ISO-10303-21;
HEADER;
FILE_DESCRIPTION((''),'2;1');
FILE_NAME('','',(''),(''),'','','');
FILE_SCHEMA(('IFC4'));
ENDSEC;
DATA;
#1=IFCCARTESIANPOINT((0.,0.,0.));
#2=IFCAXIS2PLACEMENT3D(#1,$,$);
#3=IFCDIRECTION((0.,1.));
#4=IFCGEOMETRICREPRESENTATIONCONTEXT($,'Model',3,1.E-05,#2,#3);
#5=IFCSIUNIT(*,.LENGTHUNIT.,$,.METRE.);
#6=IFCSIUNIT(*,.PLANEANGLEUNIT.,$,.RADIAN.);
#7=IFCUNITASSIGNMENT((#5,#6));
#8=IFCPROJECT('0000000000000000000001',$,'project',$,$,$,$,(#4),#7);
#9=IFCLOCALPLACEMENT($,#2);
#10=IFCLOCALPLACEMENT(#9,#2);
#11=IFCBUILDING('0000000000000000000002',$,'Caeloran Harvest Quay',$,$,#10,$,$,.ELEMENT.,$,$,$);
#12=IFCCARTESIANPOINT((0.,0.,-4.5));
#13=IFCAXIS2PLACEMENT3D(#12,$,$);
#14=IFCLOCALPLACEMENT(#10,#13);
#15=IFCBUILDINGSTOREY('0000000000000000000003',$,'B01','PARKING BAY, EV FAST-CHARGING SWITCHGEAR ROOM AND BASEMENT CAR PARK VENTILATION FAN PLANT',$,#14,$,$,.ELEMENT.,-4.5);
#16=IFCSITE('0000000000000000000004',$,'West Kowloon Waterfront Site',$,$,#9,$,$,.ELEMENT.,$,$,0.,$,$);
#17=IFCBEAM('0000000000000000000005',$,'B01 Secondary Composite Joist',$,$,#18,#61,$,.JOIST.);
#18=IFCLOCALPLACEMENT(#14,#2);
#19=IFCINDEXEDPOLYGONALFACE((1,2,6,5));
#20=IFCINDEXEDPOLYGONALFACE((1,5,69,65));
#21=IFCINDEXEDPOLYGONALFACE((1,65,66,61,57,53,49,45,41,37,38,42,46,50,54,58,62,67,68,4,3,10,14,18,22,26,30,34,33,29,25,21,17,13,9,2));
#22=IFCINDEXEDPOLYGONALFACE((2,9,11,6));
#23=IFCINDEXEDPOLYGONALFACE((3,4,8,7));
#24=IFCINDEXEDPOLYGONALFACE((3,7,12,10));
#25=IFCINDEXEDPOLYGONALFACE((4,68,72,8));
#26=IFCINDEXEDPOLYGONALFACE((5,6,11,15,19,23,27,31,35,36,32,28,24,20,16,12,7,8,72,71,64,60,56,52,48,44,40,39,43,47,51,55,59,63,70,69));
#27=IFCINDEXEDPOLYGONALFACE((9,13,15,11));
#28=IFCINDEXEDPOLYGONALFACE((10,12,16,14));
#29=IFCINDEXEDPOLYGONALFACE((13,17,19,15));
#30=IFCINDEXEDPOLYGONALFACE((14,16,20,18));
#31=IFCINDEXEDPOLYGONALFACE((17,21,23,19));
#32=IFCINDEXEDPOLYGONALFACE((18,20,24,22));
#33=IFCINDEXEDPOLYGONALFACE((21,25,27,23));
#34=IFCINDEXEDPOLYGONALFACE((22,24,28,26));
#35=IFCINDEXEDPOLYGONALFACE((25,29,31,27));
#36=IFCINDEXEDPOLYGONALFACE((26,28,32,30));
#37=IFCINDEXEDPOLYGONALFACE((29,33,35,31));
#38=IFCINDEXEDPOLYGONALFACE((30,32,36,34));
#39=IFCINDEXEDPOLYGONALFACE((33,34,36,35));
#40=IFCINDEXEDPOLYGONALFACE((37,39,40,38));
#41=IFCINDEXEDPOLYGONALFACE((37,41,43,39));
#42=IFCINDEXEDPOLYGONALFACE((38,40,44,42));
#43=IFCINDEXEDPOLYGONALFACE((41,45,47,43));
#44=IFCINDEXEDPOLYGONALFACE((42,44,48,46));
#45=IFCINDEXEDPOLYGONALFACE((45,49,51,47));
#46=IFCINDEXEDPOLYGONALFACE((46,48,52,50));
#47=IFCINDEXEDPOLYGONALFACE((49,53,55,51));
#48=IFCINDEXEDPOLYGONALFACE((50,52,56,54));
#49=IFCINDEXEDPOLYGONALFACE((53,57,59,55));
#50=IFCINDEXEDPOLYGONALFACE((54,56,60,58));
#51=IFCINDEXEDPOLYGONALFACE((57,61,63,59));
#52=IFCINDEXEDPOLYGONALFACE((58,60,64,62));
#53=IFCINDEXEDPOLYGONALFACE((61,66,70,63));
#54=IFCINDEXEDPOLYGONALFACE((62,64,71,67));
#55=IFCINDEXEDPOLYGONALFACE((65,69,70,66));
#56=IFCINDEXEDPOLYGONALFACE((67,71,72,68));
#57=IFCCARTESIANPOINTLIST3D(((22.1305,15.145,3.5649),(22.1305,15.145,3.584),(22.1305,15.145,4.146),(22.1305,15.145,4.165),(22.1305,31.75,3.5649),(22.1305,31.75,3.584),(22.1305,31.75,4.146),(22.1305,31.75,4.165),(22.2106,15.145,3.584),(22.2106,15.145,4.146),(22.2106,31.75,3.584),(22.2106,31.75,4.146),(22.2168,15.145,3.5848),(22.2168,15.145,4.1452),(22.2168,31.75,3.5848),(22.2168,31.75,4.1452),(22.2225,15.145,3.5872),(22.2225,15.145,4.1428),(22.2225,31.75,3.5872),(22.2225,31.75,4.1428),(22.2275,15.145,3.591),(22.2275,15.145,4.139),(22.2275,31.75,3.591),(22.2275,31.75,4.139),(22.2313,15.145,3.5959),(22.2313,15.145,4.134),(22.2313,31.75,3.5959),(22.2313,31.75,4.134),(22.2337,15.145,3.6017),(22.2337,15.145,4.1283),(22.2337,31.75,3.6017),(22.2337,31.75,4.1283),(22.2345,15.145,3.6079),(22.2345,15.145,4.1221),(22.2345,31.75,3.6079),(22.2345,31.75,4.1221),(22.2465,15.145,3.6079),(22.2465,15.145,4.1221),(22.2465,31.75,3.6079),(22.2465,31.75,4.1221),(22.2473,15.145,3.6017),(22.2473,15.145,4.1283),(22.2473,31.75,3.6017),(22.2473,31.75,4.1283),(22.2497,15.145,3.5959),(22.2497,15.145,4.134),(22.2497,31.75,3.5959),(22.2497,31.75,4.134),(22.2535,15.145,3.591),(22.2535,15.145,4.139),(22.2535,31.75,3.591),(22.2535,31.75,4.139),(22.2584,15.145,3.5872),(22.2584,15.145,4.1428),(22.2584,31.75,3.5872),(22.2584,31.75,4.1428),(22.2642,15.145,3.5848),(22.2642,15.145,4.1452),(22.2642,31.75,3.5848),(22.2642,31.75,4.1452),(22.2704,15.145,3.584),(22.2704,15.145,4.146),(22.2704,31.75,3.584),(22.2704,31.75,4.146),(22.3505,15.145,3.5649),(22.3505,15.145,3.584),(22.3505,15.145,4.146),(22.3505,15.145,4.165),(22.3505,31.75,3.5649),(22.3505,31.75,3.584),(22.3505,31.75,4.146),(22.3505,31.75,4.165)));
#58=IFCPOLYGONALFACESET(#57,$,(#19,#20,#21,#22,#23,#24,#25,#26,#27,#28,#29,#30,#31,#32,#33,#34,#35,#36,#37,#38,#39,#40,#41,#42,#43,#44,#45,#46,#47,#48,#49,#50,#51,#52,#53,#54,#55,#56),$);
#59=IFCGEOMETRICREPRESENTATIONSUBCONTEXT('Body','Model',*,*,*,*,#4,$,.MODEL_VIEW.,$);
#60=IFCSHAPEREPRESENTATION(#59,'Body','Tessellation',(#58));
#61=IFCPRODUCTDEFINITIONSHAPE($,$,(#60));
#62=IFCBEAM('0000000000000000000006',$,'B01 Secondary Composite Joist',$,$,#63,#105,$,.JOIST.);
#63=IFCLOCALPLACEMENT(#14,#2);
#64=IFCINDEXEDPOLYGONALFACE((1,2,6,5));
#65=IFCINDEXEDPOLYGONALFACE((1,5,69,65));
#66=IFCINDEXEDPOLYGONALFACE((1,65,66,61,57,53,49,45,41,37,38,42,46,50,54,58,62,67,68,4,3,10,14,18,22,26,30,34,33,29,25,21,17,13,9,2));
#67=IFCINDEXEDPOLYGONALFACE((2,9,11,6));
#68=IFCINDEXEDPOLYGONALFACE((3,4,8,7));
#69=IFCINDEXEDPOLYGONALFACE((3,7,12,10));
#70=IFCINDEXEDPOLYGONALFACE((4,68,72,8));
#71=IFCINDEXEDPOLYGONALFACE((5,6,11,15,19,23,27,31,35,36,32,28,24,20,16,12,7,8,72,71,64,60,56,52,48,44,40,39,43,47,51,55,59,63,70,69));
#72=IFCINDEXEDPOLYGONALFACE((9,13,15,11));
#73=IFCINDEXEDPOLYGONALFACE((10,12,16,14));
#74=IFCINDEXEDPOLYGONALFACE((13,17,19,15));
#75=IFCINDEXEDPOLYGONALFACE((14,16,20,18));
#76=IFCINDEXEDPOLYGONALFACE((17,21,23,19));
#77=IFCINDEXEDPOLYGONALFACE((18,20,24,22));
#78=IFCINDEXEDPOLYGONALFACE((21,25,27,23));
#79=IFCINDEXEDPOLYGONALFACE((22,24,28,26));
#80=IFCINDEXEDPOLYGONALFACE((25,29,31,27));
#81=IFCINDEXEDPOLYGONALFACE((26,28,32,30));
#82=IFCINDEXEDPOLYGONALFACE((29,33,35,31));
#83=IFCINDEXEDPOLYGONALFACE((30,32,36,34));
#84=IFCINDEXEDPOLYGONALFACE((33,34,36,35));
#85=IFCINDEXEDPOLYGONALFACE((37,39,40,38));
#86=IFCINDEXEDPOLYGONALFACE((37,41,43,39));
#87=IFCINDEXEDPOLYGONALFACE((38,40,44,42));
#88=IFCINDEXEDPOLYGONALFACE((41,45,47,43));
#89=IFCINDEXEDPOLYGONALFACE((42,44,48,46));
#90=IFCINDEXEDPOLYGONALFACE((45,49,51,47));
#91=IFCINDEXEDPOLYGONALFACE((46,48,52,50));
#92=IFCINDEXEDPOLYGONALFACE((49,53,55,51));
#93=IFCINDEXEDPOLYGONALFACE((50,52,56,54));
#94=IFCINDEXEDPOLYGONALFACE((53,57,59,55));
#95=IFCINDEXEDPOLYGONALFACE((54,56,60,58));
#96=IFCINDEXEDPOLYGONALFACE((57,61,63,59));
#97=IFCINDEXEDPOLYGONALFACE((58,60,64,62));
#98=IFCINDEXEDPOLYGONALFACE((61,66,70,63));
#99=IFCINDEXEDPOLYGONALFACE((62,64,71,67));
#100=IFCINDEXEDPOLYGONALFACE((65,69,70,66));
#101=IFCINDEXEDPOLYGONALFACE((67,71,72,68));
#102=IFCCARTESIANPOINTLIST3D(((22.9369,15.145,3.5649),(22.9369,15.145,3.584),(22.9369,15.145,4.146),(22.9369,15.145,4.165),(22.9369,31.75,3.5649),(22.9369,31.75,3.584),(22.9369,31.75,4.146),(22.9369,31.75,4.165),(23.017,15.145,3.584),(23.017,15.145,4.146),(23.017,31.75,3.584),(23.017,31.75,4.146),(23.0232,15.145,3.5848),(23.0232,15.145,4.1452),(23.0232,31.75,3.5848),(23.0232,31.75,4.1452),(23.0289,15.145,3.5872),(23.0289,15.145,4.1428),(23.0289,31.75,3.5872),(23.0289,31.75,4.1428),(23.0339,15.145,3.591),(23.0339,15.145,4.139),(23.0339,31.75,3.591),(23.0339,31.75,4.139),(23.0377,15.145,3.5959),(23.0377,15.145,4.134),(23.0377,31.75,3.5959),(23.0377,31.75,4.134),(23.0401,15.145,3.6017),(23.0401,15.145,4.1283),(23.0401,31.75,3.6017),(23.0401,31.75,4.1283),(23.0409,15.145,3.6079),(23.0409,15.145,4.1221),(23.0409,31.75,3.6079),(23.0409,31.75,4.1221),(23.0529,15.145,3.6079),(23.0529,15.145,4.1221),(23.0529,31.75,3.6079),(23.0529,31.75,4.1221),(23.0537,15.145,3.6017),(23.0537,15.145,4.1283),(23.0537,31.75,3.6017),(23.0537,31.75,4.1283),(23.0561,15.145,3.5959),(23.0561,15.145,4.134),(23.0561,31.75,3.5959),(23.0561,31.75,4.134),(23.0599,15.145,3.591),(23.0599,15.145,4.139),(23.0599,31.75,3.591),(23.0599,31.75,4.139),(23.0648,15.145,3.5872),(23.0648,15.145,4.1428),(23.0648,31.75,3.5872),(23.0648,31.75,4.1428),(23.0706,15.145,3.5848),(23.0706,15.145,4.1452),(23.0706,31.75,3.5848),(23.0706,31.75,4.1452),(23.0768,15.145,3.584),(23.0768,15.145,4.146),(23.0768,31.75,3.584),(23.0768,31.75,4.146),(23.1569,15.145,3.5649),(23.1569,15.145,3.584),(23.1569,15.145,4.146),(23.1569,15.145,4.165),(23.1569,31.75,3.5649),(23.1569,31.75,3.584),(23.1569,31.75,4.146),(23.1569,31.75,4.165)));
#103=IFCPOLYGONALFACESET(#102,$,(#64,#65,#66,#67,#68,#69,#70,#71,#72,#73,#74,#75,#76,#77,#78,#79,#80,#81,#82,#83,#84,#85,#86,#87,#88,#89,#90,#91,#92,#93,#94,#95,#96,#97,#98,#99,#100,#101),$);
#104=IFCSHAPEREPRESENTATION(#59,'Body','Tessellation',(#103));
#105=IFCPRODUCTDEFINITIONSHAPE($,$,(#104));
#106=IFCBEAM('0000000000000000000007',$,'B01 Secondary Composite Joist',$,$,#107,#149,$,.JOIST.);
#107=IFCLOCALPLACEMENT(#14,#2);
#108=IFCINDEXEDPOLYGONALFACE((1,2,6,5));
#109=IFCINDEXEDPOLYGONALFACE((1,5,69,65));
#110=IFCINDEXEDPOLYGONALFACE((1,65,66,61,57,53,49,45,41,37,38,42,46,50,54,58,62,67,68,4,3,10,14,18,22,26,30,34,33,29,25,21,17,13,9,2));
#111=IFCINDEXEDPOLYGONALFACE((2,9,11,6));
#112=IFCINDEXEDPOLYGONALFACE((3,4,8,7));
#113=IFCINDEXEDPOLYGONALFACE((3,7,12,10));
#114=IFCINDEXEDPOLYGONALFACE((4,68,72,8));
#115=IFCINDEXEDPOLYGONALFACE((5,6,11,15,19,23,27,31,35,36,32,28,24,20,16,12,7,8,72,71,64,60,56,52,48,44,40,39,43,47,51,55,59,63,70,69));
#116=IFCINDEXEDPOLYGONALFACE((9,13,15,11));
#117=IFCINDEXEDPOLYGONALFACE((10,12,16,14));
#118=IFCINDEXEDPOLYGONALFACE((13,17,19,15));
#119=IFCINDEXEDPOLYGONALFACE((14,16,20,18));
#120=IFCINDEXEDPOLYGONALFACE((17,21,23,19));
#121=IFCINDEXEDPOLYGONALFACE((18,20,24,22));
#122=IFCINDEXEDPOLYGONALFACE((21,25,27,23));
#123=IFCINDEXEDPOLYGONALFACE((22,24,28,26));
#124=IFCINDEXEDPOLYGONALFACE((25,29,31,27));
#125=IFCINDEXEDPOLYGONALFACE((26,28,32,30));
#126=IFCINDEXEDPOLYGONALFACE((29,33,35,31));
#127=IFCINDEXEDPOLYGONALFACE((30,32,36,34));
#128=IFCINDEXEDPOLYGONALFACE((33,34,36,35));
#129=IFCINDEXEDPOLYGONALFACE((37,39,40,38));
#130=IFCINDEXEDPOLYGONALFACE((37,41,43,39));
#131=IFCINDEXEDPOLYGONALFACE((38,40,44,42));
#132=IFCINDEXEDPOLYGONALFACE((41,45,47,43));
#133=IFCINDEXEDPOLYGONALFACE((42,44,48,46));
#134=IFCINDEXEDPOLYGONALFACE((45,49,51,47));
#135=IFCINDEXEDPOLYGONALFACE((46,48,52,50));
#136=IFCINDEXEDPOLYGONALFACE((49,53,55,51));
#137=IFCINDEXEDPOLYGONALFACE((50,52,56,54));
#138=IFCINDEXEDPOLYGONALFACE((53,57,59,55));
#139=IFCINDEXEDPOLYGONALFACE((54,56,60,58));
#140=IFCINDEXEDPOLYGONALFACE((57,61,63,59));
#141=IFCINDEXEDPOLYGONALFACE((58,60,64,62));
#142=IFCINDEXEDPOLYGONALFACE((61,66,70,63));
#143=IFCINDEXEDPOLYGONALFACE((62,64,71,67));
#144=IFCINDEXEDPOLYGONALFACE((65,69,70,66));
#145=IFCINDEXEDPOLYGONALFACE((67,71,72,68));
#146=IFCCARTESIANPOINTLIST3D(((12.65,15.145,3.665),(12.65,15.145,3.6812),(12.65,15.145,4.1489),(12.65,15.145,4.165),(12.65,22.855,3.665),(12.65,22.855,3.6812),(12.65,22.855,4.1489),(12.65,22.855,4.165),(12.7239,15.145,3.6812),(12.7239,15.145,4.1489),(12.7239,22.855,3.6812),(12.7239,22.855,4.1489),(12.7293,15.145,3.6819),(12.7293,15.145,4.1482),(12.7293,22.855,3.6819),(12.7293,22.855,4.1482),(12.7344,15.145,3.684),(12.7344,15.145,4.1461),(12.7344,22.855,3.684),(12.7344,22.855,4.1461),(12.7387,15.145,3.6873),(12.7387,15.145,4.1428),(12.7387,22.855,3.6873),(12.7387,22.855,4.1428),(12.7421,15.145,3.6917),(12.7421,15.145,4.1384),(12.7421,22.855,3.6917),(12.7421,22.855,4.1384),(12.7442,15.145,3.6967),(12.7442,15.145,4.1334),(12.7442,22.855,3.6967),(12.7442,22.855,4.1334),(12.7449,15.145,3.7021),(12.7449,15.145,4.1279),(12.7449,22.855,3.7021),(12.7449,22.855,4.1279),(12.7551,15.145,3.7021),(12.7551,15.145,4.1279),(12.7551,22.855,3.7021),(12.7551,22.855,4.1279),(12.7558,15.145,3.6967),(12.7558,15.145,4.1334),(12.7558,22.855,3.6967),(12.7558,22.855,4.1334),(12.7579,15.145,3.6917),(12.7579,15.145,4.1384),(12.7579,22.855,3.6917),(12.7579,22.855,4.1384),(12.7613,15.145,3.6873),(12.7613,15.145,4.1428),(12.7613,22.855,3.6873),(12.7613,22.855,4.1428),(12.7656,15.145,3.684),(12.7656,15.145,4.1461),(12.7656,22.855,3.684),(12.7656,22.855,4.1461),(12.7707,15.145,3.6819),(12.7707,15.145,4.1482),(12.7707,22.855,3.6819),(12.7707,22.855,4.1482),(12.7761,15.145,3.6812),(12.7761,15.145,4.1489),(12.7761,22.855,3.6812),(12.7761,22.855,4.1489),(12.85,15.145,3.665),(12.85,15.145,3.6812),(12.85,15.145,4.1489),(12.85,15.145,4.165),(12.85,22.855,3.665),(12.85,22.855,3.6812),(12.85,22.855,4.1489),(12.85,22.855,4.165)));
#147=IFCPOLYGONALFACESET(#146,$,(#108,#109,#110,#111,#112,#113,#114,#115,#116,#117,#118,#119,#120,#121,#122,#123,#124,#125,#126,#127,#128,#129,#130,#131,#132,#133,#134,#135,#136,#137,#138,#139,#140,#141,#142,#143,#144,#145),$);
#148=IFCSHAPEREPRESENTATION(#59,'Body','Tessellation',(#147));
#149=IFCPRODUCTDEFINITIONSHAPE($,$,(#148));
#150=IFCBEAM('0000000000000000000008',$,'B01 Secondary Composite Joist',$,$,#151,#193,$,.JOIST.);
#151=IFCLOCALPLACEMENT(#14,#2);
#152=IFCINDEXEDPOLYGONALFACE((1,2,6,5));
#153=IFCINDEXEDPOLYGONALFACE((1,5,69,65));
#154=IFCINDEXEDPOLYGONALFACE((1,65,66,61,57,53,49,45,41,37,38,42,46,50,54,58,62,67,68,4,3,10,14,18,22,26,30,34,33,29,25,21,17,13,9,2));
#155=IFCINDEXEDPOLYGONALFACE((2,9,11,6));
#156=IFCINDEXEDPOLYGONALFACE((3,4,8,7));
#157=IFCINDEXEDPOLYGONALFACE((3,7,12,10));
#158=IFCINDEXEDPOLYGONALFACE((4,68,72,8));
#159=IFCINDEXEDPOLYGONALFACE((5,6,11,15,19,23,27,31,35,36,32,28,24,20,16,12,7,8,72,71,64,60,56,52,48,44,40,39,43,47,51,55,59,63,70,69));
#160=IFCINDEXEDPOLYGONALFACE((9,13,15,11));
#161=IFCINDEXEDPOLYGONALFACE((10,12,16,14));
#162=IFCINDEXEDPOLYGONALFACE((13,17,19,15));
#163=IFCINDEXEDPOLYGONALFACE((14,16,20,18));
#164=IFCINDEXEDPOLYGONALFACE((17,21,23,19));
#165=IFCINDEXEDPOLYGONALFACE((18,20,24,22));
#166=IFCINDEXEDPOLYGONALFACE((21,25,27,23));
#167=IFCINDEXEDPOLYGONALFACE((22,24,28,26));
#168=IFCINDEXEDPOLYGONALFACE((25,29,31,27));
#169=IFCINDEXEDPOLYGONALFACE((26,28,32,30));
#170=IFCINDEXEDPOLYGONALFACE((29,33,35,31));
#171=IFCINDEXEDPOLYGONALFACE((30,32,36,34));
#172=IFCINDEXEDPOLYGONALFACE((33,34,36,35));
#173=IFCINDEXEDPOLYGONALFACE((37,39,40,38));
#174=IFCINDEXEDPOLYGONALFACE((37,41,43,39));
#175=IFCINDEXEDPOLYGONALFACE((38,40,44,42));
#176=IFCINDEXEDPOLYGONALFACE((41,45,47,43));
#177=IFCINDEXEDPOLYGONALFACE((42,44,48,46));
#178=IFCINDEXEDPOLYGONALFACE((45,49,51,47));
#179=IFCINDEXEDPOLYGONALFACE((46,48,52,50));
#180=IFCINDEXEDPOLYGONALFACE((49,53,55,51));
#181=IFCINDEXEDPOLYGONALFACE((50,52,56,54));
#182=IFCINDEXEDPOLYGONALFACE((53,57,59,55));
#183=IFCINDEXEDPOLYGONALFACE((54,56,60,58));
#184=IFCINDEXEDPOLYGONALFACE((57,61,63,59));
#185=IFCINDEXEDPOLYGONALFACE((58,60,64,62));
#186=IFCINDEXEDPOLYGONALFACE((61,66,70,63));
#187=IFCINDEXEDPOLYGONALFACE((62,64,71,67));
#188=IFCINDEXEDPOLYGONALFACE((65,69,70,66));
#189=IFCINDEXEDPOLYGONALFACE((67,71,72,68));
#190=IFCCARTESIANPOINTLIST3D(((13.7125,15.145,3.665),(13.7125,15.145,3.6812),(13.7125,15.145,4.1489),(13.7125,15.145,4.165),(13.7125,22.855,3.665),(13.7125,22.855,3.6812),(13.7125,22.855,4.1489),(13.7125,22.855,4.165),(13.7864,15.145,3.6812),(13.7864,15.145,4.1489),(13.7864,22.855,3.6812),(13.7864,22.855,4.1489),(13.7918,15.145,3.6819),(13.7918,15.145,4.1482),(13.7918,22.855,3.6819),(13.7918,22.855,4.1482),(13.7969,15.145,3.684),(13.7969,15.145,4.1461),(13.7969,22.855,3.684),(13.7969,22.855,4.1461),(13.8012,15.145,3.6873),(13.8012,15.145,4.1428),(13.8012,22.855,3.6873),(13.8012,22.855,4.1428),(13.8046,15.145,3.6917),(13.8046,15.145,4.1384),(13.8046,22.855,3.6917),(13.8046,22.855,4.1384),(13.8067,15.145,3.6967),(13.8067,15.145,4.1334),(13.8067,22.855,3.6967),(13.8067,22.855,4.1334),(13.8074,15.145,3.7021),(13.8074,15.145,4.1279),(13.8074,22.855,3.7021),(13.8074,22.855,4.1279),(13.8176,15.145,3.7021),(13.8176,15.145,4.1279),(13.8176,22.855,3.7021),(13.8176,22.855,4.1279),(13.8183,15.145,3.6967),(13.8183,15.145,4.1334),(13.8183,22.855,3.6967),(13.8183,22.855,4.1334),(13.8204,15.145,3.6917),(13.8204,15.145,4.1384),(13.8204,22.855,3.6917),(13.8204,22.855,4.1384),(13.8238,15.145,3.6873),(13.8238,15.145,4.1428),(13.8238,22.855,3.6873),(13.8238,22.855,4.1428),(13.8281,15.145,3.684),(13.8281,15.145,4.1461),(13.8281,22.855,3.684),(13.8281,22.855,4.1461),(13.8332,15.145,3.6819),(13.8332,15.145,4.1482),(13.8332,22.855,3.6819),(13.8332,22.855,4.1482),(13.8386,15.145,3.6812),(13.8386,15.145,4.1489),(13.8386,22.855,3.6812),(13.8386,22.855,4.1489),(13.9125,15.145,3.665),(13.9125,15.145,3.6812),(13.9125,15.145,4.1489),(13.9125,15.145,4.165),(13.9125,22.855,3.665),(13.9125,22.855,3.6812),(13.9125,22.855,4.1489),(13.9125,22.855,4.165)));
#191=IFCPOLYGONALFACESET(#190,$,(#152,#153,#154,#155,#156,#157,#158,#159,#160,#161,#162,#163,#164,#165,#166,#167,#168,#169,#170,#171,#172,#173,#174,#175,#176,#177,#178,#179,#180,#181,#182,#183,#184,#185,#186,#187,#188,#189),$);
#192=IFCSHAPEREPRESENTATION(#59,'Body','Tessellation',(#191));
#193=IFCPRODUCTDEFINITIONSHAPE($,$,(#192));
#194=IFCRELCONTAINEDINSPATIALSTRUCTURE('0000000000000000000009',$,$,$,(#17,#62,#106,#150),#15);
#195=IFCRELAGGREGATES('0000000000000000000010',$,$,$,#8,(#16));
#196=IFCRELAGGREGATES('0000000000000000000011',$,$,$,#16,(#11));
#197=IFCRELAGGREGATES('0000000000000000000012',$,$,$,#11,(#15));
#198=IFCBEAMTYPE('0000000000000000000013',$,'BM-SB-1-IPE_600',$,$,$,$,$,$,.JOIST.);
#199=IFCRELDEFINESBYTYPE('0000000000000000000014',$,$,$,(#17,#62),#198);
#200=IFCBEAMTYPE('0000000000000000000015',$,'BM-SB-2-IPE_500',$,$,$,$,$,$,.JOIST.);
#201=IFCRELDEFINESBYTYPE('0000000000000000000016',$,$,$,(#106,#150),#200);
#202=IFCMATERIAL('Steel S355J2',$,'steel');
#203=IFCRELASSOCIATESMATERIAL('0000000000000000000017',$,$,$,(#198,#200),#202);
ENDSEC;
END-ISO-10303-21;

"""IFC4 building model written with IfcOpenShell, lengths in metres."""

from ifc_helpers import new_model, si_unit, direction, frame, origin, origin_2d, place, context, subcontext, project, spatial, i_section, extrude, material, material_profile, profile_set, type_object, element, save


model = new_model("IFC4")

# Units and contexts
model_context = context("Model", 3, precision=1e-05, world=origin(), true_north=direction((0.0, 1.0)))
body_context = subcontext(model_context, "Body", "Model", "MODEL_VIEW")
ifc_project = project(units=[si_unit("LENGTHUNIT", "METRE"), si_unit("PLANEANGLEUNIT", "RADIAN")], contexts=[model_context])

# Site, building, storey
site_placement = place(None, origin())
site = spatial("IfcSite", under=ifc_project, at=site_placement, Name="West Kowloon Waterfront Site", CompositionType="ELEMENT", RefElevation=0.0)
building_placement = place(site_placement, origin())
building = spatial("IfcBuilding", under=site, at=building_placement, Name="Caeloran Harvest Quay", CompositionType="ELEMENT")
storey_placement = place(building_placement, frame((0.0, 0.0, -4.5)))
storey = spatial("IfcBuildingStorey", under=building, at=storey_placement, Name="B01", Description="PARKING BAY, EV FAST-CHARGING SWITCHGEAR ROOM AND BASEMENT CAR PARK VENTILATION FAN PLANT", CompositionType="ELEMENT", Elevation=-4.5)

# Beams
ifc_material_1 = material(Name="Steel S355J2", Category="steel")
ifc_material_profile_1 = material_profile(ifc_material_1, i_section(OverallWidth=0.22, OverallDepth=0.6001, WebThickness=0.012, FlangeThickness=0.019, FilletRadius=0.0239, at=origin_2d()), Name="IPE 600")
ifc_profile_set_1 = profile_set([ifc_material_profile_1], Name="Steel S355J2")
beam_type_1 = type_object("IfcBeamType", Name="BM-SB-1-IPE_600", PredefinedType="JOIST", material=ifc_profile_set_1)
for number, where, z_axis, x_axis, name in (
    (1, (22.2405, 15.145, 3.865), (0.0, 1.0, 0.0), (-1.0, 0.0, 0.0), "B01 Secondary Composite Joist"),
    (2, (23.0469, 15.145, 3.865), (0.0, 1.0, 0.0), (-1.0, 0.0, 0.0), "B01 Secondary Composite Joist"),
):
    element("IfcBeam", number, at=place(storey_placement, frame(where, z_axis=z_axis, x_axis=x_axis)), inside=storey, type_object=beam_type_1, Name=name, PredefinedType="JOIST", context=body_context, shape_type="SweptSolid", body=[
        extrude(i_section(OverallWidth=0.22, OverallDepth=0.6001, WebThickness=0.012, FlangeThickness=0.019, FilletRadius=0.0239, at=origin_2d()), origin(), (0.0, 0.0, 1.0), 16.605),
    ])
ifc_material_profile_2 = material_profile(ifc_material_1, i_section(OverallWidth=0.2, OverallDepth=0.5, WebThickness=0.0103, FlangeThickness=0.0161, FilletRadius=0.021, at=origin_2d()), Name="IPE 500")
ifc_profile_set_2 = profile_set([ifc_material_profile_2], Name="Steel S355J2")
beam_type_2 = type_object("IfcBeamType", Name="BM-SB-2-IPE_500", PredefinedType="JOIST", material=ifc_profile_set_2)
for number, where, z_axis, x_axis, name in (
    (3, (12.75, 15.145, 3.915), (0.0, 1.0, 0.0), (-1.0, 0.0, 0.0), "B01 Secondary Composite Joist"),
    (4, (13.8125, 15.145, 3.915), (0.0, 1.0, 0.0), (-1.0, 0.0, 0.0), "B01 Secondary Composite Joist"),
):
    element("IfcBeam", number, at=place(storey_placement, frame(where, z_axis=z_axis, x_axis=x_axis)), inside=storey, type_object=beam_type_2, Name=name, PredefinedType="JOIST", context=body_context, shape_type="SweptSolid", body=[
        extrude(i_section(OverallWidth=0.2, OverallDepth=0.5, WebThickness=0.0103, FlangeThickness=0.0161, FilletRadius=0.021, at=origin_2d()), origin(), (0.0, 0.0, 1.0), 7.71),
    ])

save(model, "model.ifc")
